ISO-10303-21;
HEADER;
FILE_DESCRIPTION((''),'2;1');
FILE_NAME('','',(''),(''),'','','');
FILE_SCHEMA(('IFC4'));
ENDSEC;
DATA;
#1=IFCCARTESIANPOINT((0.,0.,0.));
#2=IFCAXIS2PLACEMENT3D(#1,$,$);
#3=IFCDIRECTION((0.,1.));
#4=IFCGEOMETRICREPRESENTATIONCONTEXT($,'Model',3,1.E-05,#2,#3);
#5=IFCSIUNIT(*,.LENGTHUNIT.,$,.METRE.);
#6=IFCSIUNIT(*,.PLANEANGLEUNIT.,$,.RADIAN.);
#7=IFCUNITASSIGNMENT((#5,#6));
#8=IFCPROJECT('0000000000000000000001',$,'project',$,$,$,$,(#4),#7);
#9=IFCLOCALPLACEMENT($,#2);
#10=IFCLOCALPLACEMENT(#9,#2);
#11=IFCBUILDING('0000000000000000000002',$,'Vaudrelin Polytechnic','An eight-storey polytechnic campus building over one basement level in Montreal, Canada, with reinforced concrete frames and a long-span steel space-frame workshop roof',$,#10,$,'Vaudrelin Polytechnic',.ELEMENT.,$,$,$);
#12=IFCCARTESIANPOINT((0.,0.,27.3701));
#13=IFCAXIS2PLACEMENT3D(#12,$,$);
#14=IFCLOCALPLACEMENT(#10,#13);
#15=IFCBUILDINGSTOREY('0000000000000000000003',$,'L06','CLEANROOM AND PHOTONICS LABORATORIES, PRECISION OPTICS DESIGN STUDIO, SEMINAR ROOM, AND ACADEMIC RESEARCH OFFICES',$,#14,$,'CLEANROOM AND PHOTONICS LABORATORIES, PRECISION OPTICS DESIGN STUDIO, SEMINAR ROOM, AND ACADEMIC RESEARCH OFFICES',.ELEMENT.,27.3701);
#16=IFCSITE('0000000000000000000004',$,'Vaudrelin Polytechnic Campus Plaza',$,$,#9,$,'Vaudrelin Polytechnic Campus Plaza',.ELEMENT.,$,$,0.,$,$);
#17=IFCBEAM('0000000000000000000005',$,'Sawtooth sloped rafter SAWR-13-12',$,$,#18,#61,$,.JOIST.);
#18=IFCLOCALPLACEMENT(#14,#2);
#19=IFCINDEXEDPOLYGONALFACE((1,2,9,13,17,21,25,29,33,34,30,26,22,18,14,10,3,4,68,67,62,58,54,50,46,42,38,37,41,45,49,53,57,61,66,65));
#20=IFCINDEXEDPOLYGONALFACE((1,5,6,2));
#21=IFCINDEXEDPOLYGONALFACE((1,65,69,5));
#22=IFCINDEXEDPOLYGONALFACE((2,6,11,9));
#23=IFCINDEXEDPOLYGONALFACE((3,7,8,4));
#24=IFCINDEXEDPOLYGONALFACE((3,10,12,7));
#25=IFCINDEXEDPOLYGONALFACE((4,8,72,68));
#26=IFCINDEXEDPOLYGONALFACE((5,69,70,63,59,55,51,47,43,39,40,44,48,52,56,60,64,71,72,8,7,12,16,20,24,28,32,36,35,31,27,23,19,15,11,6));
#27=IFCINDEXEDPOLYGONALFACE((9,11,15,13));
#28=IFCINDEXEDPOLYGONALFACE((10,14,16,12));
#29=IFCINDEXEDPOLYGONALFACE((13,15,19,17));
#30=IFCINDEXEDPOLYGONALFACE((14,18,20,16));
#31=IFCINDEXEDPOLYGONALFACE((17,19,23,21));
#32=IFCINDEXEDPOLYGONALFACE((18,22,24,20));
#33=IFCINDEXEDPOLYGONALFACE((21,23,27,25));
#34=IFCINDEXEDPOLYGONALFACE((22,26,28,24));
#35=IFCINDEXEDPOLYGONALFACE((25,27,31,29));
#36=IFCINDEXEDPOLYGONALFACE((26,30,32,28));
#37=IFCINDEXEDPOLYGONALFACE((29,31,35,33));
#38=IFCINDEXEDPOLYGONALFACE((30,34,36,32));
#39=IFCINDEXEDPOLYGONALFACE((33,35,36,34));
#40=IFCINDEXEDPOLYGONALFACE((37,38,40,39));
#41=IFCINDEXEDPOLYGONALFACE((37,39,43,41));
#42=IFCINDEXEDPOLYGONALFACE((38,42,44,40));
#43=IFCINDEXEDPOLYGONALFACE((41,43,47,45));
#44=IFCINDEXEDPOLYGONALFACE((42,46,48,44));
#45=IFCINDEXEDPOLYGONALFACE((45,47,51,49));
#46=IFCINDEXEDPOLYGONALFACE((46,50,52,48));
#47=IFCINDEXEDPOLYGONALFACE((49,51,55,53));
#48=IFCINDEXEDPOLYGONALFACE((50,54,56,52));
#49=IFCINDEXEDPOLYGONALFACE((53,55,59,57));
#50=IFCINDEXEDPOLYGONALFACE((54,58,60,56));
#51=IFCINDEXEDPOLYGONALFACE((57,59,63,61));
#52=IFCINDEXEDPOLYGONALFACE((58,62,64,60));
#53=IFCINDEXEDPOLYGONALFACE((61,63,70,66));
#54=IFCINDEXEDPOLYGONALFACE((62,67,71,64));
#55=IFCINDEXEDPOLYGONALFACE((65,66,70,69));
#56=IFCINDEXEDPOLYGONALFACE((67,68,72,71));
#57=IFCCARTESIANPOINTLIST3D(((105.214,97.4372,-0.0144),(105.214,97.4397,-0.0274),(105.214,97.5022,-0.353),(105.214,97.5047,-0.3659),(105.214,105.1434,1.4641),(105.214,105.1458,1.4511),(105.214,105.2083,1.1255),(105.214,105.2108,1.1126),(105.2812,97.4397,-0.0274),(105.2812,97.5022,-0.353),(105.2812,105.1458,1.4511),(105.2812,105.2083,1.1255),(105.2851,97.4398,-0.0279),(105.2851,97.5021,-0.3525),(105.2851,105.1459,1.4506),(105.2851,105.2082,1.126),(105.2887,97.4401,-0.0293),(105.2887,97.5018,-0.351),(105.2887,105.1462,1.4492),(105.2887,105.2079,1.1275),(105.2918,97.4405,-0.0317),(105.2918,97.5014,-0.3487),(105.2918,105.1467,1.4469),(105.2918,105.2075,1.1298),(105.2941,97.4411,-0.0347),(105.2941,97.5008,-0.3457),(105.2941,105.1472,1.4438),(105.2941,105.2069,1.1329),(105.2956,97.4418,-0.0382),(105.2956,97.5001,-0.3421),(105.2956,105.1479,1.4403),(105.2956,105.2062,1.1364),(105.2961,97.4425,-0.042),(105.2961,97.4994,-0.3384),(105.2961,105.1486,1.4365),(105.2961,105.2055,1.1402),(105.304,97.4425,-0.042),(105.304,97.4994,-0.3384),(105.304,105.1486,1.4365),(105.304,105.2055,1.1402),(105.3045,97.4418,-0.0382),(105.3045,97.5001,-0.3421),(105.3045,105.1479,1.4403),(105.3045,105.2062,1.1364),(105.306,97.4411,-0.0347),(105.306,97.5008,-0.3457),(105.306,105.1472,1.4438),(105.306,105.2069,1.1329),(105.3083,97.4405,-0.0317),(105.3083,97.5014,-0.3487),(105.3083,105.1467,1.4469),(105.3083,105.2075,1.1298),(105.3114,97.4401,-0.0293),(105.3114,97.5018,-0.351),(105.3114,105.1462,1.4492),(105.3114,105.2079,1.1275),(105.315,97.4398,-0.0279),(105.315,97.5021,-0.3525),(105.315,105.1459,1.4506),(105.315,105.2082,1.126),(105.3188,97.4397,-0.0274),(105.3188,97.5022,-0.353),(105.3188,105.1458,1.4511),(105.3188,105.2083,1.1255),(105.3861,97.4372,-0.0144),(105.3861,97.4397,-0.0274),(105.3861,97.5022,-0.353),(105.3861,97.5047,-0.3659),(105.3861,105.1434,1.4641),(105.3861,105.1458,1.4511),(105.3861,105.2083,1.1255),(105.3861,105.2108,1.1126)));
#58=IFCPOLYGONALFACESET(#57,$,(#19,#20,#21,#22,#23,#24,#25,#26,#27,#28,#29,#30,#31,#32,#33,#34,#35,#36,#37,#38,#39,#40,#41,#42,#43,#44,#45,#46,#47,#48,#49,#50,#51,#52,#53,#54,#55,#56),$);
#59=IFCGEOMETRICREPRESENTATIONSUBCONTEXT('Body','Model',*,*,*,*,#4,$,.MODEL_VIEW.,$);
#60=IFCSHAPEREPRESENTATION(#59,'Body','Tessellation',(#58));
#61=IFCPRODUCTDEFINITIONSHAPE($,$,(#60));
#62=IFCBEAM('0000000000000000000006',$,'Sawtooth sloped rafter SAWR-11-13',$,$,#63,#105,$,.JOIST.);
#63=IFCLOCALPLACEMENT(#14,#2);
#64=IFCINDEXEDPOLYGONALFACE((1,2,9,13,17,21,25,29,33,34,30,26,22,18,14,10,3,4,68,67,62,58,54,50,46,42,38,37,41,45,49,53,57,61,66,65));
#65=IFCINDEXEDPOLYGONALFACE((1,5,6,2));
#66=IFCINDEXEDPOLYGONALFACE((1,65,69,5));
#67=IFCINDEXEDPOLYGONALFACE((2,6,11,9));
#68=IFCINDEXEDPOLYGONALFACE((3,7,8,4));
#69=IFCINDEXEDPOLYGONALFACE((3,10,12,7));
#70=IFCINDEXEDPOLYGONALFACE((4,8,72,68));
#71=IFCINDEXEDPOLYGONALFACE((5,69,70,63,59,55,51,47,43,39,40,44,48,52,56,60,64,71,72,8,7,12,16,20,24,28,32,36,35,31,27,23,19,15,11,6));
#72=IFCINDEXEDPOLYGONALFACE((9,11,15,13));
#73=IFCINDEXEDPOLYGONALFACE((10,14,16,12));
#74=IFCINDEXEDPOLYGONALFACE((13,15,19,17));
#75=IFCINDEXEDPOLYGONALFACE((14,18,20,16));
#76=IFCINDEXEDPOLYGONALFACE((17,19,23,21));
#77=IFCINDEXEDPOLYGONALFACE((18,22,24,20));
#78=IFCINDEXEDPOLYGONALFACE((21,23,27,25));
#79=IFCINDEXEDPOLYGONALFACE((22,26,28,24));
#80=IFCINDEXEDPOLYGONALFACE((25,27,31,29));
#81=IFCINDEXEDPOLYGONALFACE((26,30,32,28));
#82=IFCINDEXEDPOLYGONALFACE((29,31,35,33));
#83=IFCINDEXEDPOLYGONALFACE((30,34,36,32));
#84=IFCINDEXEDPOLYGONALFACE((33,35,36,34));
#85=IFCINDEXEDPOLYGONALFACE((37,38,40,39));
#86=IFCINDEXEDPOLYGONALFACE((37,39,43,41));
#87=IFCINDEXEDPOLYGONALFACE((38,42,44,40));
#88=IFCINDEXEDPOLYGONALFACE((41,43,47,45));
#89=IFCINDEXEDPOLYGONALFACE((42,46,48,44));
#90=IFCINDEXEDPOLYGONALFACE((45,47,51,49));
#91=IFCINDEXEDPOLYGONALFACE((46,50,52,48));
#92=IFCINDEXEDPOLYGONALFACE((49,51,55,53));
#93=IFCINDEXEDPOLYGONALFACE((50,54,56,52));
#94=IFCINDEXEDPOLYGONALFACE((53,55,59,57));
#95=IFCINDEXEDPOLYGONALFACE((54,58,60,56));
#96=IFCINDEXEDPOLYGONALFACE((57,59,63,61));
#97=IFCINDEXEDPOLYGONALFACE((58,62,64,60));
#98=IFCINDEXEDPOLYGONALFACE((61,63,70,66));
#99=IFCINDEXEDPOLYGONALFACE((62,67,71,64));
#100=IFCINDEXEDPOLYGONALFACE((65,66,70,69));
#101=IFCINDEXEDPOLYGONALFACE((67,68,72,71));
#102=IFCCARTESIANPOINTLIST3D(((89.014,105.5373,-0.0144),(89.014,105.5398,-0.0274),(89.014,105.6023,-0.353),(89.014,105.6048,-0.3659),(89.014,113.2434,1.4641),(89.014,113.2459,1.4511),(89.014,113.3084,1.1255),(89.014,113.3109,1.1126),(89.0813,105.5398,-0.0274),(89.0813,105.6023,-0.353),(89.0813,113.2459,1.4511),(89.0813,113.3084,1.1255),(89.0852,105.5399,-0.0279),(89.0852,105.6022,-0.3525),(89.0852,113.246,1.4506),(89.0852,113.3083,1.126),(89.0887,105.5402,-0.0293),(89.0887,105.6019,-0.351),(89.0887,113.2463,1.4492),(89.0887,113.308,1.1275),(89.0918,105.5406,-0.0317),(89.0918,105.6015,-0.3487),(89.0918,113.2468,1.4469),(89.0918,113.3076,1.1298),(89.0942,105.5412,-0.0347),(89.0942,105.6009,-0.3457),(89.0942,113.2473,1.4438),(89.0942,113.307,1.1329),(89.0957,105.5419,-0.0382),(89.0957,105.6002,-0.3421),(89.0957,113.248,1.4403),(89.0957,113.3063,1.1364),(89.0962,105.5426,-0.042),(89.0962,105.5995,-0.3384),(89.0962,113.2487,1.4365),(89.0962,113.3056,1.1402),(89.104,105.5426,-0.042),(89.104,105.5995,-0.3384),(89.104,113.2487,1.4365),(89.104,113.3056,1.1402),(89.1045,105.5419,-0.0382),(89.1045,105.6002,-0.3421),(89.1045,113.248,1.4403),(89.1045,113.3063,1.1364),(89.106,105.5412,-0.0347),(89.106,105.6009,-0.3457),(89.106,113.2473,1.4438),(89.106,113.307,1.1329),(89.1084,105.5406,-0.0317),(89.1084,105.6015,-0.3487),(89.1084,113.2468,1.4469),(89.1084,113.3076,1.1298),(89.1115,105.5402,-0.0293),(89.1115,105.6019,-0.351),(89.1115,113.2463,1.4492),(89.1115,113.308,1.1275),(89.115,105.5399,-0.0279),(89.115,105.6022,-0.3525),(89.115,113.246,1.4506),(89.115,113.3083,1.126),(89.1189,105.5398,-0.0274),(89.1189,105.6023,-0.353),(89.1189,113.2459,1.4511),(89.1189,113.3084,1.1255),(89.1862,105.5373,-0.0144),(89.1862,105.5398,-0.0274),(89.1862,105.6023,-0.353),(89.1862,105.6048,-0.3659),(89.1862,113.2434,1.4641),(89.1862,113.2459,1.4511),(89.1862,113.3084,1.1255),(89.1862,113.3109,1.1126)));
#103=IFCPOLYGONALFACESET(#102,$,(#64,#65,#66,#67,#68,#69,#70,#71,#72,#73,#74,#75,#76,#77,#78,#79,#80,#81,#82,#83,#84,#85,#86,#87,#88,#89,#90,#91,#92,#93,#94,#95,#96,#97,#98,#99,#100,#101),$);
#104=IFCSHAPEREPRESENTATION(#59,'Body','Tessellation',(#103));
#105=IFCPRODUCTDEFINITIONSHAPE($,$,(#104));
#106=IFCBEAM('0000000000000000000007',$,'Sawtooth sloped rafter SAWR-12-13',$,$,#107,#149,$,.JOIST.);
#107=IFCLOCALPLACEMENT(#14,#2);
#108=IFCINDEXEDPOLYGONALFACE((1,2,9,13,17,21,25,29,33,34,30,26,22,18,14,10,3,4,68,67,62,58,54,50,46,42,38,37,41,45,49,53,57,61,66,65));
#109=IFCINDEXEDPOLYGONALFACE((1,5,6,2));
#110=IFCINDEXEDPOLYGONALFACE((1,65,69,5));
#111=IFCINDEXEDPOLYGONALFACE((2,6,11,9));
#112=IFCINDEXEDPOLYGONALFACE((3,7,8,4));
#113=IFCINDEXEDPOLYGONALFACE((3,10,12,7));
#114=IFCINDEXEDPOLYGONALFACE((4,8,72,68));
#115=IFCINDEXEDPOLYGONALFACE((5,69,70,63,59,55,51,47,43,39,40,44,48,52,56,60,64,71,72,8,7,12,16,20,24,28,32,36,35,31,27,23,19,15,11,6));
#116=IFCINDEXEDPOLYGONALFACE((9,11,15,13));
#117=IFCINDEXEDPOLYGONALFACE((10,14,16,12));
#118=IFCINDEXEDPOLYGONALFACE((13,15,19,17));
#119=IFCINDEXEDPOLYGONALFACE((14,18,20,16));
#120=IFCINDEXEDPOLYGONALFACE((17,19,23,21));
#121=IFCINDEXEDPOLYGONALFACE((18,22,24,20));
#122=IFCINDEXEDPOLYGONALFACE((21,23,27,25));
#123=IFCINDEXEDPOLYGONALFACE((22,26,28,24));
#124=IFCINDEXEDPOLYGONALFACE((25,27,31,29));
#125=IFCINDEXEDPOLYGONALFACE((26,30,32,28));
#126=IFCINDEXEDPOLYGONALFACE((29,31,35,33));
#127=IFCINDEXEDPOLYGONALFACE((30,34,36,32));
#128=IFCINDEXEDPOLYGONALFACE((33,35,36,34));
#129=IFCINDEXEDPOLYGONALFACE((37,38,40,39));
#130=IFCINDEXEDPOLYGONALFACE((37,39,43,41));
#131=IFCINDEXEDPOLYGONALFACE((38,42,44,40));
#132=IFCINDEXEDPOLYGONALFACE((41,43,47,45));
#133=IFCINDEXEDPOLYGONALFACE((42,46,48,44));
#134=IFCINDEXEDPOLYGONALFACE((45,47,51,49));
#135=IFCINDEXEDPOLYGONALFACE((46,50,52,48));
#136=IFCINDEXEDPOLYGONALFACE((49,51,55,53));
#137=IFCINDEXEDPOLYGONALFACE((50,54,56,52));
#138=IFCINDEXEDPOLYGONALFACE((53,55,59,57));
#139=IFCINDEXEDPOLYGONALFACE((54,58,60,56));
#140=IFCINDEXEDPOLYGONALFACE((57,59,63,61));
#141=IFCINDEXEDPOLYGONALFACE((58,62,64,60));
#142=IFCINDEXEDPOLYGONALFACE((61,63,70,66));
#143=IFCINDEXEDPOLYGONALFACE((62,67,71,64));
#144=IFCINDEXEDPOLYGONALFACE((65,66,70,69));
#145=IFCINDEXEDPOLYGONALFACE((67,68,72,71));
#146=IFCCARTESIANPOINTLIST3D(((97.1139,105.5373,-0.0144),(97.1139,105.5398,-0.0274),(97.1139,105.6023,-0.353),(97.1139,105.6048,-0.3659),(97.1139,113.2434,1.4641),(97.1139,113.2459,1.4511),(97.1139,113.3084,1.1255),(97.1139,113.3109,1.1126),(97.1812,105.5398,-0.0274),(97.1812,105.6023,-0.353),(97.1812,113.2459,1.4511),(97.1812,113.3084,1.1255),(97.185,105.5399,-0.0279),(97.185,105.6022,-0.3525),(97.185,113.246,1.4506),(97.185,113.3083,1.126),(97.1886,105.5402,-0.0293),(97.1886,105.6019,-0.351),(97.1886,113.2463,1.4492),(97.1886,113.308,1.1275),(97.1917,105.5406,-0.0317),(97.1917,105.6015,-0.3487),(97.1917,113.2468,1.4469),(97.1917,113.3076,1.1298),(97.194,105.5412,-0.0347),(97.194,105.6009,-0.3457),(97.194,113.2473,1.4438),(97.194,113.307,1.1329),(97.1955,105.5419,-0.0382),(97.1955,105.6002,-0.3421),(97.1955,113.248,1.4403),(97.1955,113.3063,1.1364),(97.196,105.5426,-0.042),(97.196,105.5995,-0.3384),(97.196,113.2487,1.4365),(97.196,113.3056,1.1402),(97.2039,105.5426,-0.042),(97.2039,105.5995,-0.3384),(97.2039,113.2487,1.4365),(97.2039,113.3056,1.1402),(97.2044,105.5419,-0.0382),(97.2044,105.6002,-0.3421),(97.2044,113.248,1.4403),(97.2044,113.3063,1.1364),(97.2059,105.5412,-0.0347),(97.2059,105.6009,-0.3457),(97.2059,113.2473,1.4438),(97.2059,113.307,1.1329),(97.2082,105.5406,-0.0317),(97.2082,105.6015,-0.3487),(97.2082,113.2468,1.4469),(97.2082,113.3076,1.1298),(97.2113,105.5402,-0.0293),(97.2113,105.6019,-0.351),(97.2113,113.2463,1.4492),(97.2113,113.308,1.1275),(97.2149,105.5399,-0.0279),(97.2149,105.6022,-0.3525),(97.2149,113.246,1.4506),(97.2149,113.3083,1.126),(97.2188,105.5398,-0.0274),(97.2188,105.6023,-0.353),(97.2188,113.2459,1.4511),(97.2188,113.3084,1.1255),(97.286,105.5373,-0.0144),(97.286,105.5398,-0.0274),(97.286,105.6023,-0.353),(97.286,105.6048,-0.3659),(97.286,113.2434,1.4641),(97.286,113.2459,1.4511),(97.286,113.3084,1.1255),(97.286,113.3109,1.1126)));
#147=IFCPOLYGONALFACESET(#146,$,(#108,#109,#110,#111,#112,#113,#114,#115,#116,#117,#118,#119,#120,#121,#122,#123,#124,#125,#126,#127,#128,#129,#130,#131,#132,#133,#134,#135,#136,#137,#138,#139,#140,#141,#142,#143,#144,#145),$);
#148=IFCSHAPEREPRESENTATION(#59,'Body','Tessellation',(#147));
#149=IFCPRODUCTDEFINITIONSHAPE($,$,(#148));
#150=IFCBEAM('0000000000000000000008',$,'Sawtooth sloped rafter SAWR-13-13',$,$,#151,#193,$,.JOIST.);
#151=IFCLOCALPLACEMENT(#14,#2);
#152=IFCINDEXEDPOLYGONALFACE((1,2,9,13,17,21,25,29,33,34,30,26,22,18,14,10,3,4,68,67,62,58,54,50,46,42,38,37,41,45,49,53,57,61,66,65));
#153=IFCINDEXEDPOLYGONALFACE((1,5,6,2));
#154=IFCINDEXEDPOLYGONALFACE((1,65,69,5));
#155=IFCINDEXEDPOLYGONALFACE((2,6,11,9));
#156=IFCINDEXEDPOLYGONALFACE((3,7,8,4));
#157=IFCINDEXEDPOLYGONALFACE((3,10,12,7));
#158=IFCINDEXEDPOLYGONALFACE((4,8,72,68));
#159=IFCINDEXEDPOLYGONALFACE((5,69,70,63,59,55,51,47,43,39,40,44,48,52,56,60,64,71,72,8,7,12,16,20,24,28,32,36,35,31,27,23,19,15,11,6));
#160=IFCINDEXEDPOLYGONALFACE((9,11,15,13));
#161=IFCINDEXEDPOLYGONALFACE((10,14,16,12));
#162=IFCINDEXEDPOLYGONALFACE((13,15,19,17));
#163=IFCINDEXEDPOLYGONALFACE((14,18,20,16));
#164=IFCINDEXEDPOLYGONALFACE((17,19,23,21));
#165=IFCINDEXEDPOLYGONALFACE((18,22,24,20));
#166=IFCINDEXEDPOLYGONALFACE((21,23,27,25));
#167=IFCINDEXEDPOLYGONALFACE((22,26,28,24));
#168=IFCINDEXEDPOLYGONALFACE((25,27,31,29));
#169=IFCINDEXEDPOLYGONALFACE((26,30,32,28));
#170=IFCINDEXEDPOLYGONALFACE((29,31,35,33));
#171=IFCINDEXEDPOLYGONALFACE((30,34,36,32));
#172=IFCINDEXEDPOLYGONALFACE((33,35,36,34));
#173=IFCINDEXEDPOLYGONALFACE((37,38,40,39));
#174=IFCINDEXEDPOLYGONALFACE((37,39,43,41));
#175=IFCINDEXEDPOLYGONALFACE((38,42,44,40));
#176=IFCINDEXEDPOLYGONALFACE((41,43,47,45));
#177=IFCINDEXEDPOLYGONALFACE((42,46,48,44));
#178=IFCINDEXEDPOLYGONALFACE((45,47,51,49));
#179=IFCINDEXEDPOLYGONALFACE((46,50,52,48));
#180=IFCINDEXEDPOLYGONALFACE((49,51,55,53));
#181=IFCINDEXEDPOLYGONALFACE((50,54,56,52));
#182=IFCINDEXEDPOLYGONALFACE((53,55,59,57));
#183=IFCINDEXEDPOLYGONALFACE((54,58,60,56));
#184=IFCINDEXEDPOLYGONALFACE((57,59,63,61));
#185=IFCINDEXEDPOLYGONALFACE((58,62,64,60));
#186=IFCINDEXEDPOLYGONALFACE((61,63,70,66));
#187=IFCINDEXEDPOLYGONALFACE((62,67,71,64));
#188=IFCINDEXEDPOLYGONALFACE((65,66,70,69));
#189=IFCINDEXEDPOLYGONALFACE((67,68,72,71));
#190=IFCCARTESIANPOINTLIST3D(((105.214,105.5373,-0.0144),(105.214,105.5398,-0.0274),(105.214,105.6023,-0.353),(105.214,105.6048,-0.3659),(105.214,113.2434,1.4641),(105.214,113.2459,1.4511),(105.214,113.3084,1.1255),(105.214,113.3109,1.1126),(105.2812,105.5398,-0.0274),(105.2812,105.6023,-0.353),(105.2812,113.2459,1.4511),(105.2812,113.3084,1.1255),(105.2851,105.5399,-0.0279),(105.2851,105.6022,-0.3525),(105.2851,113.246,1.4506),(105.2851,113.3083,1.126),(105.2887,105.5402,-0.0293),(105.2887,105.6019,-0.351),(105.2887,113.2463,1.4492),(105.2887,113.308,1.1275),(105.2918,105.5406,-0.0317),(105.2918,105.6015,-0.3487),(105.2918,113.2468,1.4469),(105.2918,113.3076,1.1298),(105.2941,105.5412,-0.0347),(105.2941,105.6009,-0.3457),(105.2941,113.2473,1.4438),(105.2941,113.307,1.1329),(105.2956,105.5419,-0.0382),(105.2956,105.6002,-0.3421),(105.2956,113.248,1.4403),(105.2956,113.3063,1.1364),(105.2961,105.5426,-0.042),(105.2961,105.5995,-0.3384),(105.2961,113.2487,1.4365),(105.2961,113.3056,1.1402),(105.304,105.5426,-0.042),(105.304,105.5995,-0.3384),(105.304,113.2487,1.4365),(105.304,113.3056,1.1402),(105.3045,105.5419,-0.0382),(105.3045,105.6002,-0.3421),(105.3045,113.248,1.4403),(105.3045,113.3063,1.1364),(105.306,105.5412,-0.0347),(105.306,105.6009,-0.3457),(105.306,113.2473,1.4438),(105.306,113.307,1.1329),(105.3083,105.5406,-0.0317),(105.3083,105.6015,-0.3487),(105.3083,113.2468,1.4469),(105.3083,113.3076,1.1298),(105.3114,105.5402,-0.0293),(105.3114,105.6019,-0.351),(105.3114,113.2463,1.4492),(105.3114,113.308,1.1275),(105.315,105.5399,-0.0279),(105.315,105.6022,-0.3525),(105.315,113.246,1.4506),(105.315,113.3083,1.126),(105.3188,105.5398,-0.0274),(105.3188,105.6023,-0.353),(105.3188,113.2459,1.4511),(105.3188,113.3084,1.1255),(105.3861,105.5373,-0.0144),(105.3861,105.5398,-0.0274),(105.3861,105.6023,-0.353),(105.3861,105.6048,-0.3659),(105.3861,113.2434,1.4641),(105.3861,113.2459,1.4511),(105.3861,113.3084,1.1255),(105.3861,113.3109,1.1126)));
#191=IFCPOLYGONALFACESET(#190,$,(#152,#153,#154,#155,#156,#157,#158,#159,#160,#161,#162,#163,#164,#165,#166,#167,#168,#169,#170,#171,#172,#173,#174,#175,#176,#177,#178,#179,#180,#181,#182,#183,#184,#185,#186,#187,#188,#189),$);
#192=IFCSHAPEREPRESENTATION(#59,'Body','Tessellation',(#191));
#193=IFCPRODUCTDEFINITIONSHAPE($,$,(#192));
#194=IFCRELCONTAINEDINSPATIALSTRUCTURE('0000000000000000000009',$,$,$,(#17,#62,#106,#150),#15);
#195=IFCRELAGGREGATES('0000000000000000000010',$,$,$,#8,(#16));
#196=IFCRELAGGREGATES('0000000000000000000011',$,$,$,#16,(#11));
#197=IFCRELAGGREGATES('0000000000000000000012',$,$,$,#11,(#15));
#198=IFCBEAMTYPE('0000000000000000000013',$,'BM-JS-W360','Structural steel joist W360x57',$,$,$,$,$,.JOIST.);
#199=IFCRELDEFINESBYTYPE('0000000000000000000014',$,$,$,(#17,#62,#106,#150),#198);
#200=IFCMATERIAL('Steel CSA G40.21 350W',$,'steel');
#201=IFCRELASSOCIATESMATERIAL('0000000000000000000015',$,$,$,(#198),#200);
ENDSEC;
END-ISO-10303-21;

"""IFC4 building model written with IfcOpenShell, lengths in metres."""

from ifc_helpers import new_model, si_unit, direction, frame, origin, origin_2d, place, context, subcontext, project, spatial, i_section, extrude, material, material_profile, profile_set, type_object, element, save


model = new_model("IFC4")

# Units and contexts
model_context = context("Model", 3, precision=1e-05, world=origin(), true_north=direction((0.0, 1.0)))
body_context = subcontext(model_context, "Body", "Model", "MODEL_VIEW")
ifc_project = project(units=[si_unit("LENGTHUNIT", "METRE"), si_unit("PLANEANGLEUNIT", "RADIAN")], contexts=[model_context])

# Site, building, storey
site_placement = place(None, origin())
site = spatial("IfcSite", under=ifc_project, at=site_placement, Name="Vaudrelin Polytechnic Campus Plaza", LongName="Vaudrelin Polytechnic Campus Plaza", CompositionType="ELEMENT", RefElevation=0.0)
building_placement = place(site_placement, origin())
building = spatial("IfcBuilding", under=site, at=building_placement, Name="Vaudrelin Polytechnic", Description="An eight-storey polytechnic campus building over one basement level in Montreal, Canada, with reinforced concrete frames and a long-span steel space-frame workshop roof", LongName="Vaudrelin Polytechnic", CompositionType="ELEMENT")
storey_placement = place(building_placement, frame((0.0, 0.0, 27.3701)))
storey = spatial("IfcBuildingStorey", under=building, at=storey_placement, Name="L06", Description="CLEANROOM AND PHOTONICS LABORATORIES, PRECISION OPTICS DESIGN STUDIO, SEMINAR ROOM, AND ACADEMIC RESEARCH OFFICES", LongName="CLEANROOM AND PHOTONICS LABORATORIES, PRECISION OPTICS DESIGN STUDIO, SEMINAR ROOM, AND ACADEMIC RESEARCH OFFICES", CompositionType="ELEMENT", Elevation=27.3701)

# Shared definitions
ifc_material_1 = material(Name="Steel CSA G40.21 350W", Category="steel")

# Beams
ifc_material_profile_1 = material_profile(ifc_material_1, i_section(OverallWidth=0.1721, OverallDepth=0.3579, WebThickness=0.0078, FlangeThickness=0.0132, FilletRadius=0.0149, at=origin_2d()), Name="W360x57")
ifc_profile_set_1 = profile_set([ifc_material_profile_1], Name="Steel CSA G40.21 350W")
beam_type = type_object("IfcBeamType", Name="BM-JS-W360", Description="Structural steel joist W360x57", PredefinedType="JOIST", material=ifc_profile_set_1)
for number, where, z_axis, x_axis, name in (
    (1, (105.3, 97.4709, -0.1902), (0.0, 0.982087, 0.188427), (-1.0, 0.0, 0.0), "Sawtooth sloped rafter SAWR-13-12"),
    (2, (89.1001, 105.571, -0.1902), (0.0, 0.982087, 0.188427), (-1.0, 0.0, 0.0), "Sawtooth sloped rafter SAWR-11-13"),
    (3, (97.2, 105.571, -0.1902), (0.0, 0.982087, 0.188427), (-1.0, 0.0, 0.0), "Sawtooth sloped rafter SAWR-12-13"),
    (4, (105.3, 105.571, -0.1902), (0.0, 0.982087, 0.188427), (-1.0, 0.0, 0.0), "Sawtooth sloped rafter SAWR-13-13"),
):
    element("IfcBeam", number, at=place(storey_placement, frame(where, z_axis=z_axis, x_axis=x_axis)), inside=storey, type_object=beam_type, Name=name, PredefinedType="JOIST", context=body_context, shape_type="SweptSolid", body=[
        extrude(i_section(OverallWidth=0.1721, OverallDepth=0.3579, WebThickness=0.0078, FlangeThickness=0.0132, FilletRadius=0.0149, at=origin_2d()), origin(), (0.0, 0.0, 1.0), 7.8467),
    ])

save(model, "model.ifc")
